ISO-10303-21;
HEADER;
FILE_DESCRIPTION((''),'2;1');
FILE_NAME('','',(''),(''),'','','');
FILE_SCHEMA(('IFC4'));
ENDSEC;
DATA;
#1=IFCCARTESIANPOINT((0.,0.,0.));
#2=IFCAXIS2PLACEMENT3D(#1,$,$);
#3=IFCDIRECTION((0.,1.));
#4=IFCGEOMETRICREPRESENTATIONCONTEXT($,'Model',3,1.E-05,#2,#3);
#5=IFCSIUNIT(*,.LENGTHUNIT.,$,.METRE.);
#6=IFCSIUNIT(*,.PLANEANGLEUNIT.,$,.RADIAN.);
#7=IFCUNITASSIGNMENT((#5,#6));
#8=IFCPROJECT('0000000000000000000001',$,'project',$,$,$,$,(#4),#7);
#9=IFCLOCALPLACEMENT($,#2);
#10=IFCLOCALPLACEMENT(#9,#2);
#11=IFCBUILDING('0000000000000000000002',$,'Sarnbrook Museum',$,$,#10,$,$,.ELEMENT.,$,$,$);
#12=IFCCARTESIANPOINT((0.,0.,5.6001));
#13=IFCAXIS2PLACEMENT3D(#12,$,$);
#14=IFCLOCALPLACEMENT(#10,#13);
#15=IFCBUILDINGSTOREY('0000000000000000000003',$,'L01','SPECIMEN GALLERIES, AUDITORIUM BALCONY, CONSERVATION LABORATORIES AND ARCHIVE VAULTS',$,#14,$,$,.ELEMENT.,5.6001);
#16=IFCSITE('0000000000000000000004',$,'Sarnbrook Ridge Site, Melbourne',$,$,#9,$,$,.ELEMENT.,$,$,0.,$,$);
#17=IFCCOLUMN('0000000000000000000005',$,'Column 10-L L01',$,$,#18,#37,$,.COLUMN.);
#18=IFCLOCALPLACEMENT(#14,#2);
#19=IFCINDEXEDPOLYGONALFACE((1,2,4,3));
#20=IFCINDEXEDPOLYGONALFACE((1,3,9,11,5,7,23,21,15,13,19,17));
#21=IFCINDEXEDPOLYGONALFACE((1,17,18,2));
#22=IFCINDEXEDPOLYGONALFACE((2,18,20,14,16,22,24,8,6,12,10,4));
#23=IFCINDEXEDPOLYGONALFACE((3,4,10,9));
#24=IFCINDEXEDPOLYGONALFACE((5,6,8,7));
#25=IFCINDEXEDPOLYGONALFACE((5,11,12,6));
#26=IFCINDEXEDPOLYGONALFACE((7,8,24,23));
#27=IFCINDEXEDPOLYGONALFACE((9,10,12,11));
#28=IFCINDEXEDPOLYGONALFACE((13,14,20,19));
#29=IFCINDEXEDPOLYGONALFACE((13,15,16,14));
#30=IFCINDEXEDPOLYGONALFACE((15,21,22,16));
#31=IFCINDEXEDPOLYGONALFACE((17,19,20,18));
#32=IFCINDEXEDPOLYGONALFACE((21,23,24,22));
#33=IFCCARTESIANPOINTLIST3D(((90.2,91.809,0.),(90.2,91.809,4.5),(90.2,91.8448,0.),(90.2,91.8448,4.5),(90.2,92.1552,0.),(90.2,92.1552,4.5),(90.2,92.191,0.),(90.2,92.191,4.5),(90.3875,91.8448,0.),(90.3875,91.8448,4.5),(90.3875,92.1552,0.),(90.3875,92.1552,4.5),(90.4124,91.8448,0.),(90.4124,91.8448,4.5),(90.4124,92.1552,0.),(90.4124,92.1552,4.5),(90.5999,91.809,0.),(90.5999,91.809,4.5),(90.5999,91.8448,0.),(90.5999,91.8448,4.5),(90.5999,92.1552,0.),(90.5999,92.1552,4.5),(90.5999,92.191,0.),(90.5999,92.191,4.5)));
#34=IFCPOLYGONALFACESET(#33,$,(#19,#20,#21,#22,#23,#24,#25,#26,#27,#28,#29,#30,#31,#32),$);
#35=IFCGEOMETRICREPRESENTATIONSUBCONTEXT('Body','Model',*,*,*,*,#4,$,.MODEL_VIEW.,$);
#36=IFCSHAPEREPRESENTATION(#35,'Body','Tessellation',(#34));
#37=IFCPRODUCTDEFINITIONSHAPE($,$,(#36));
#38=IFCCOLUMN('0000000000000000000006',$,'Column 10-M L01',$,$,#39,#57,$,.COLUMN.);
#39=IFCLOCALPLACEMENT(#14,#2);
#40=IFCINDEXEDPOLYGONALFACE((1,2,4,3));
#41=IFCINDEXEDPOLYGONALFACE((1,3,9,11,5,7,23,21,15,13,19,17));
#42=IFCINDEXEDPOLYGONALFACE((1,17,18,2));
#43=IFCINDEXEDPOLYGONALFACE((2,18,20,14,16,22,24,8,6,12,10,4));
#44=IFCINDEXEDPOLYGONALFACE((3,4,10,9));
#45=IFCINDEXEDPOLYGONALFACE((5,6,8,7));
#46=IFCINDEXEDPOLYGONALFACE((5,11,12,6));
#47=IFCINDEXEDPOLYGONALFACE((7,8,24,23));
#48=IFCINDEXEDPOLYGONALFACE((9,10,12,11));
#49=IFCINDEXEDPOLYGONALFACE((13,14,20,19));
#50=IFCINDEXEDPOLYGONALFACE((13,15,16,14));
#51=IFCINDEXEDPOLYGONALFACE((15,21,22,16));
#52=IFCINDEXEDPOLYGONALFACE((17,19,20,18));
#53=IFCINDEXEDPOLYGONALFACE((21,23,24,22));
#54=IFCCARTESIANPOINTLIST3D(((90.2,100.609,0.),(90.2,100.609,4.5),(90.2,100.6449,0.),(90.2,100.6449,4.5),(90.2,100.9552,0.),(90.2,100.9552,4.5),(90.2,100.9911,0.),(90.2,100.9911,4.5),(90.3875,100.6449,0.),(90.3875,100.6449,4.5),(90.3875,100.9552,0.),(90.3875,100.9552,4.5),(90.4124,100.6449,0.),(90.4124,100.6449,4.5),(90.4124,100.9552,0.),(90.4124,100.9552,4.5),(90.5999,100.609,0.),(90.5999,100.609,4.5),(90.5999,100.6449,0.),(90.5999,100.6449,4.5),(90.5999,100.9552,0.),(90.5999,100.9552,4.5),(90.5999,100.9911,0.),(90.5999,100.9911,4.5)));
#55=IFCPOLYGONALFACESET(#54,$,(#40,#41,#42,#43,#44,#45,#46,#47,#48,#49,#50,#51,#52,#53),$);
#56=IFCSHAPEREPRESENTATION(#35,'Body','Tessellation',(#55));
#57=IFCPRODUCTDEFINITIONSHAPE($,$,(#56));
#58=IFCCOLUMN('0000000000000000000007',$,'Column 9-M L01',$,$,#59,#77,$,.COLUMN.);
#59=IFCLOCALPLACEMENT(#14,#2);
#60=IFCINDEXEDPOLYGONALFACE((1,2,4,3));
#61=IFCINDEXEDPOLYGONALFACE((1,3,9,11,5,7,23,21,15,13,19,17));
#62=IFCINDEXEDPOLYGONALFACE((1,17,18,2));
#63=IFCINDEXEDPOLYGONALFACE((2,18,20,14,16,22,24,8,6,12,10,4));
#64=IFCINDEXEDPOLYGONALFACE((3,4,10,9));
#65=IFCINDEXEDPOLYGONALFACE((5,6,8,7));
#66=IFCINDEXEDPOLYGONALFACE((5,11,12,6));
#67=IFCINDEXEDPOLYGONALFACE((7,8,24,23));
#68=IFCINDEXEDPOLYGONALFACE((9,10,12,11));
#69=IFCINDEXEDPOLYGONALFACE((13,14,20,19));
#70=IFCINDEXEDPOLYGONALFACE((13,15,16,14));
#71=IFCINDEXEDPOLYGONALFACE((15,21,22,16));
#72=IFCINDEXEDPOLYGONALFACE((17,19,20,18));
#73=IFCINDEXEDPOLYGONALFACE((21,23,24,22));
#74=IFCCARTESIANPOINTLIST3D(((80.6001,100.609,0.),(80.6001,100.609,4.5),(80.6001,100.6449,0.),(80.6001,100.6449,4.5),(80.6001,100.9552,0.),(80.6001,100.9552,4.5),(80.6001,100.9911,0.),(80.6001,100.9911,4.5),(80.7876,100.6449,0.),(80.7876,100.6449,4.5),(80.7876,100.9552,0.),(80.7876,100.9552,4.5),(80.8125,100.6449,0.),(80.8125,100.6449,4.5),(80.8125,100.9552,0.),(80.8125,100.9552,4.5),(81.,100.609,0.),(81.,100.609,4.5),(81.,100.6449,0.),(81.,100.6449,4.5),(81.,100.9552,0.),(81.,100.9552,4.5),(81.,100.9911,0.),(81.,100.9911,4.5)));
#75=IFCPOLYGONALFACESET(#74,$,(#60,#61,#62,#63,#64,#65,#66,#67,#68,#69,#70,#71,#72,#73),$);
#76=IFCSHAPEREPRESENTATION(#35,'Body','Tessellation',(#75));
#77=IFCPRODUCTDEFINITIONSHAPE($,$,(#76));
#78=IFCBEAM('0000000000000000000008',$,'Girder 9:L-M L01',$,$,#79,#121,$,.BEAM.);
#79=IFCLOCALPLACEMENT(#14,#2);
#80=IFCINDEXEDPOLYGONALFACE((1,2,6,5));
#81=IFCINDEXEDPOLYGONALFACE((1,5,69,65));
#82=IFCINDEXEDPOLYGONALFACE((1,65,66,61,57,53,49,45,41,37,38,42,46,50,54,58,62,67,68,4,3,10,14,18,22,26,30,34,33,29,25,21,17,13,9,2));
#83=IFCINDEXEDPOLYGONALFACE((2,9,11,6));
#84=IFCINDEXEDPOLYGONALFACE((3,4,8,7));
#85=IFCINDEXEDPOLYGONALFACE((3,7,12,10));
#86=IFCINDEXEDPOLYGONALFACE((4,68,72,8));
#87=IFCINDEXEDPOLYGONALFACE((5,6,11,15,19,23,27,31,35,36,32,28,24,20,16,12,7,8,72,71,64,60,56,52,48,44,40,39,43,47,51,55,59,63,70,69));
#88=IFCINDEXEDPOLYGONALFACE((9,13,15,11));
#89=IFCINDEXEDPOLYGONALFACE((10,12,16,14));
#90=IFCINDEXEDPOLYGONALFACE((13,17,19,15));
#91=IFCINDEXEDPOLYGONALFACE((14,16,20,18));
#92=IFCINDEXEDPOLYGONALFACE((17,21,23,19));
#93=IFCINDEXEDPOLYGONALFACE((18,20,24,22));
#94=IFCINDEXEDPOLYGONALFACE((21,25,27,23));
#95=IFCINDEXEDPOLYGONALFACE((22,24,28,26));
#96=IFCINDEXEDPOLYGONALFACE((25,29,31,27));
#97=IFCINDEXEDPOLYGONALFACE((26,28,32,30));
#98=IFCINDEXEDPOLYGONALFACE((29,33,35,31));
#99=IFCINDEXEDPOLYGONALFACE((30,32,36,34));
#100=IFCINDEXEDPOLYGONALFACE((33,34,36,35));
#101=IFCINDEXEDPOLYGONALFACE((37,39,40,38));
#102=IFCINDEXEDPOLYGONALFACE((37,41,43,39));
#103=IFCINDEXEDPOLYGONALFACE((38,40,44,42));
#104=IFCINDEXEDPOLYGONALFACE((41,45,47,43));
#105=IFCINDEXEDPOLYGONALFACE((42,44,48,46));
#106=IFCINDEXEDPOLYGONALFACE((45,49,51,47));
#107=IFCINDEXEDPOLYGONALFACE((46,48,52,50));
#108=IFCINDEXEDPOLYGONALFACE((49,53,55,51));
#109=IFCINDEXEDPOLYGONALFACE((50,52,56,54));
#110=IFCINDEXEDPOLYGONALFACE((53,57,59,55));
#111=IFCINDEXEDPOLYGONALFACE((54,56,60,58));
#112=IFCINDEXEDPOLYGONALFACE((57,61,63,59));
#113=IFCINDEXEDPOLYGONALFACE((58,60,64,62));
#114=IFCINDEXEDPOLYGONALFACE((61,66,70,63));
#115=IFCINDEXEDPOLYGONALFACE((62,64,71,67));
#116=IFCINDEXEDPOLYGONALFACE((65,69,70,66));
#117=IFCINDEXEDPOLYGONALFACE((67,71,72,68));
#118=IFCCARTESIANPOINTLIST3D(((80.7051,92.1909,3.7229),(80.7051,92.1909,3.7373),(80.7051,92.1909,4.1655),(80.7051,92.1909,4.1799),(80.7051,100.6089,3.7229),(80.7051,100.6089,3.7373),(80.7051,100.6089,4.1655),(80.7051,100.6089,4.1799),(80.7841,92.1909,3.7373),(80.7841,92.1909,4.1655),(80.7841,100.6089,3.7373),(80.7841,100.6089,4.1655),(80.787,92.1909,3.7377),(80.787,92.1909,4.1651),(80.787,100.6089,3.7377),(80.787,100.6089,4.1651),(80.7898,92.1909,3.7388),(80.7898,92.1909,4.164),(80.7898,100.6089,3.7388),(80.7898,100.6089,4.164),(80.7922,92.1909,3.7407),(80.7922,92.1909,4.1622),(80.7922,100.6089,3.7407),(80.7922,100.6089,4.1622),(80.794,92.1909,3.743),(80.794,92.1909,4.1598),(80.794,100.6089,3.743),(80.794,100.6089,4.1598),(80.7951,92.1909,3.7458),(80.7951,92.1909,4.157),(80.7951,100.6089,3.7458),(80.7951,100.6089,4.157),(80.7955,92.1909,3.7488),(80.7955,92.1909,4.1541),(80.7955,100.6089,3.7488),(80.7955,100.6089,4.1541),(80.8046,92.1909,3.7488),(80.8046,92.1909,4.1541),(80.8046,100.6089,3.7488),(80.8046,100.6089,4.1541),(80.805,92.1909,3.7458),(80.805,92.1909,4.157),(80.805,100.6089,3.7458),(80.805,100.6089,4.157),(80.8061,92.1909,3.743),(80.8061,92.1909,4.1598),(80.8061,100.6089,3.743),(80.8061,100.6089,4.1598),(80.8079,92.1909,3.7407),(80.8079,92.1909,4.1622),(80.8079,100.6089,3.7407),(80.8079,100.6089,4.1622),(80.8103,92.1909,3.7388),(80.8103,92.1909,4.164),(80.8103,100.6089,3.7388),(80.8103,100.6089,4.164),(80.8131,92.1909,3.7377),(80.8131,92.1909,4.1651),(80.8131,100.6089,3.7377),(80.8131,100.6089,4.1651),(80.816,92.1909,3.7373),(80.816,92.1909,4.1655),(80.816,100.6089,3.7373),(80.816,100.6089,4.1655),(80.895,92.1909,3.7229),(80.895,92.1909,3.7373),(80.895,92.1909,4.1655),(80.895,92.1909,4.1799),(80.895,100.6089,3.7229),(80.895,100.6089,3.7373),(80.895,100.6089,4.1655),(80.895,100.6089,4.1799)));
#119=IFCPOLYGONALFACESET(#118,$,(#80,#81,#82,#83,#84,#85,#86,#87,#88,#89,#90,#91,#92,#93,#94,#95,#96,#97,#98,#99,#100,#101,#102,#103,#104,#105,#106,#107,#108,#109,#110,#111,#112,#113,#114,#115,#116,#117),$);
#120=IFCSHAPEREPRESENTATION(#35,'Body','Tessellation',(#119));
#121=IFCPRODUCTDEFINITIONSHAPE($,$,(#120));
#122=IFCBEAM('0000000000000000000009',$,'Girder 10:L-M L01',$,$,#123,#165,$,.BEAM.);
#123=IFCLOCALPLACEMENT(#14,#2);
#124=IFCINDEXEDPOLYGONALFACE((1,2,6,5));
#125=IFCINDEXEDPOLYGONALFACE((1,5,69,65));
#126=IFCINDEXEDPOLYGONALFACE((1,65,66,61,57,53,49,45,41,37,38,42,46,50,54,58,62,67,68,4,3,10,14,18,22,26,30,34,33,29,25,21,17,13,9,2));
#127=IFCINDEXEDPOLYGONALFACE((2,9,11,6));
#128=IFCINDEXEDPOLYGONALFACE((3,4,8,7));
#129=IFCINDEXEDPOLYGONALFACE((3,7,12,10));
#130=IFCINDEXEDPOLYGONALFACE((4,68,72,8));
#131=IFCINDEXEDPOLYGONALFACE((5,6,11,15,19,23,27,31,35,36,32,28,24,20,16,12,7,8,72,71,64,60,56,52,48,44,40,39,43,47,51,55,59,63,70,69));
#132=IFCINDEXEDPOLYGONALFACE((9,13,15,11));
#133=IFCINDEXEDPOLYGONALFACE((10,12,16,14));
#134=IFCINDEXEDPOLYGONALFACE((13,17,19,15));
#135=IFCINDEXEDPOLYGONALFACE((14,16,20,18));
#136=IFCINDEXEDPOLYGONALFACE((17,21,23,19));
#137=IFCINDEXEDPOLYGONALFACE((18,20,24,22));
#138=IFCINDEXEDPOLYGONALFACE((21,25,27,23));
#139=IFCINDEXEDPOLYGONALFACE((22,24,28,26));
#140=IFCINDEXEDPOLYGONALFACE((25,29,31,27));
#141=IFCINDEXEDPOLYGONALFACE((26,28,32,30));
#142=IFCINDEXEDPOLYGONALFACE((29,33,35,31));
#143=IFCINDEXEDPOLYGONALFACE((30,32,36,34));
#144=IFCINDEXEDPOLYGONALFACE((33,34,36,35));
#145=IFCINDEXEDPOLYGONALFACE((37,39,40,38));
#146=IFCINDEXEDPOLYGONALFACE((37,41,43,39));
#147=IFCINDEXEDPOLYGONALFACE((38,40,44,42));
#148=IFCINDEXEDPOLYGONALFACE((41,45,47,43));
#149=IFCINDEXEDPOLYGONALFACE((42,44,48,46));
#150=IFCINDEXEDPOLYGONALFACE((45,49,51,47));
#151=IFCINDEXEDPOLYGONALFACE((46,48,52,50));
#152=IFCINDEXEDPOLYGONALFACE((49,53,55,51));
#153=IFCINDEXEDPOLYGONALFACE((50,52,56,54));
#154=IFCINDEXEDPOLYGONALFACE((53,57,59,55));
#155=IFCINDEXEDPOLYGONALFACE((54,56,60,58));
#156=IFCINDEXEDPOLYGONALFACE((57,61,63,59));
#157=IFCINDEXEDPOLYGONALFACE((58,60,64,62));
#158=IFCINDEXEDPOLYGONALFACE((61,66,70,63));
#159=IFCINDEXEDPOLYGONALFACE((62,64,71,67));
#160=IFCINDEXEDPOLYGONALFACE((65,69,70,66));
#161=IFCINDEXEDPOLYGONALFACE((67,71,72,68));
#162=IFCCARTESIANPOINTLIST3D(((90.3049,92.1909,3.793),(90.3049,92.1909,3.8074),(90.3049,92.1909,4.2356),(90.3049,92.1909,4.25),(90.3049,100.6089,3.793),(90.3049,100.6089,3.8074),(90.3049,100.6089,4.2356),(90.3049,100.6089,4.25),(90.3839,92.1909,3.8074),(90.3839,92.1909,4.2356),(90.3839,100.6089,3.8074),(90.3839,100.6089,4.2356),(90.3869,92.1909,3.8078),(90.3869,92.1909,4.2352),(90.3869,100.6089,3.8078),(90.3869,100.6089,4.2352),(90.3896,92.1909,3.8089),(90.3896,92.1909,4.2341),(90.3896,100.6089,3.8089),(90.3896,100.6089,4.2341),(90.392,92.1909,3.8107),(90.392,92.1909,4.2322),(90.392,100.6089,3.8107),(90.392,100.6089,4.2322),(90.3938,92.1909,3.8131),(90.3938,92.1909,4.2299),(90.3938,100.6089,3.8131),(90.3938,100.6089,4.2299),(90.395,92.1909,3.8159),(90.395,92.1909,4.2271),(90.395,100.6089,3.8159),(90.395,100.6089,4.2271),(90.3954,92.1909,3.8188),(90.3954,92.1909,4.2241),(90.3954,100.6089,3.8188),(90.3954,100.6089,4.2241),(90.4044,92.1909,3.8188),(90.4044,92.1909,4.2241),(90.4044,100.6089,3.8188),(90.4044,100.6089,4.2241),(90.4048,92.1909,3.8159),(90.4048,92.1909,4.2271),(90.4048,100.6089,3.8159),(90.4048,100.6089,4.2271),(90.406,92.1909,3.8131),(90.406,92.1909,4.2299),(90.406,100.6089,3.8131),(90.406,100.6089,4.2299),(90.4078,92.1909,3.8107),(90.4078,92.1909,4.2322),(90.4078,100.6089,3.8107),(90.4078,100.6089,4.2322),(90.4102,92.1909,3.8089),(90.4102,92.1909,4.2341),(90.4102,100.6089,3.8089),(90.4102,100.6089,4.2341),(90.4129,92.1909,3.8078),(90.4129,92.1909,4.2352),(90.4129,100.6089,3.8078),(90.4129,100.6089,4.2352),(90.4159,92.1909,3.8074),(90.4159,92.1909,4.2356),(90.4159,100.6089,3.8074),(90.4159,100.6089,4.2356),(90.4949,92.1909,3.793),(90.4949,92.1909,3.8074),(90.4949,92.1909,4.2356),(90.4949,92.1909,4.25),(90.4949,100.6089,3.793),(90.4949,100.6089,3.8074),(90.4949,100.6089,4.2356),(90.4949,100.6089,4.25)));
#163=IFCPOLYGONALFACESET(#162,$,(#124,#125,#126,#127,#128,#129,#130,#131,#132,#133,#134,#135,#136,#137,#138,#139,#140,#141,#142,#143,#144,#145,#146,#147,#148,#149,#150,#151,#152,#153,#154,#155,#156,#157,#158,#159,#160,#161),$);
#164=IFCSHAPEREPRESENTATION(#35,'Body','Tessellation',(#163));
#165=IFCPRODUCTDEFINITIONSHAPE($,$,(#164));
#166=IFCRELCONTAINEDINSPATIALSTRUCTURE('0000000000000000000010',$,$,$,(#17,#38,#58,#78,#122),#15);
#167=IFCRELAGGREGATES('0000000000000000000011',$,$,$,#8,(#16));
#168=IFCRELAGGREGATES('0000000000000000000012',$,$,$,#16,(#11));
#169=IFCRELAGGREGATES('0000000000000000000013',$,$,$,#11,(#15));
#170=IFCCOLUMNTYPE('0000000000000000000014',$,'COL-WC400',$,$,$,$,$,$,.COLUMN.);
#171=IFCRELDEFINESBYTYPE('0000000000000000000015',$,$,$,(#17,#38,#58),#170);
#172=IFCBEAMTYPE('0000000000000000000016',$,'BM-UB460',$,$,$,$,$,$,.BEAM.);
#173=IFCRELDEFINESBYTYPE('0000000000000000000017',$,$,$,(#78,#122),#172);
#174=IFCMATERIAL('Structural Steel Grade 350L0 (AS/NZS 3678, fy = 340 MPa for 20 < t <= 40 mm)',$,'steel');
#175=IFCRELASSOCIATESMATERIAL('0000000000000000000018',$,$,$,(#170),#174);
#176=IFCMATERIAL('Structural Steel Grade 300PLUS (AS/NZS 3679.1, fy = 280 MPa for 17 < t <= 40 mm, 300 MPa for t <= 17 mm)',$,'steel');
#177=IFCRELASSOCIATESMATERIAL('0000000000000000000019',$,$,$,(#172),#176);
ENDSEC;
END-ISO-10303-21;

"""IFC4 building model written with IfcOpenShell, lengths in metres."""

from ifc_helpers import new_model, si_unit, direction, frame, origin, origin_2d, place, context, subcontext, project, spatial, i_section, extrude, material, material_profile, profile_set, type_object, element, save


model = new_model("IFC4")

# Units and contexts
model_context = context("Model", 3, precision=1e-05, world=origin(), true_north=direction((0.0, 1.0)))
body_context = subcontext(model_context, "Body", "Model", "MODEL_VIEW")
ifc_project = project(units=[si_unit("LENGTHUNIT", "METRE"), si_unit("PLANEANGLEUNIT", "RADIAN")], contexts=[model_context])

# Site, building, storey
site_placement = place(None, origin())
site = spatial("IfcSite", under=ifc_project, at=site_placement, Name="Sarnbrook Ridge Site, Melbourne", CompositionType="ELEMENT", RefElevation=0.0)
building_placement = place(site_placement, origin())
building = spatial("IfcBuilding", under=site, at=building_placement, Name="Sarnbrook Museum", CompositionType="ELEMENT")
storey_placement = place(building_placement, frame((0.0, 0.0, 5.6001)))
storey = spatial("IfcBuildingStorey", under=building, at=storey_placement, Name="L01", Description="SPECIMEN GALLERIES, AUDITORIUM BALCONY, CONSERVATION LABORATORIES AND ARCHIVE VAULTS", CompositionType="ELEMENT", Elevation=5.6001)

# Columns
ifc_material_1 = material(Name="Structural Steel Grade 350L0 (AS/NZS 3678, fy = 340 MPa for 20 < t <= 40 mm)", Category="steel")
ifc_material_profile_1 = material_profile(ifc_material_1, i_section(OverallWidth=0.3999, OverallDepth=0.3821, WebThickness=0.0249, FlangeThickness=0.0359, at=origin_2d()), Name="400WC270")
ifc_profile_set_1 = profile_set([ifc_material_profile_1], Name="Structural Steel Grade 350L0 (AS/NZS 3678, fy = 340 MPa for 20 < t <= 40 mm)")
column_type = type_object("IfcColumnType", Name="COL-WC400", PredefinedType="COLUMN", material=ifc_profile_set_1)
for number, where, z_axis, x_axis, name in (
    (1, (90.3999, 92.0, 0.0), (0.0, 0.0, 1.0), (1.0, 0.0, 0.0), "Column 10-L L01"),
    (2, (90.3999, 100.8, 0.0), (0.0, 0.0, 1.0), (1.0, 0.0, 0.0), "Column 10-M L01"),
    (3, (80.8, 100.8, 0.0), (0.0, 0.0, 1.0), (1.0, 0.0, 0.0), "Column 9-M L01"),
):
    element("IfcColumn", number, at=place(storey_placement, frame(where, z_axis=z_axis, x_axis=x_axis)), inside=storey, type_object=column_type, Name=name, PredefinedType="COLUMN", context=body_context, shape_type="SweptSolid", body=[
        extrude(i_section(OverallWidth=0.3999, OverallDepth=0.3821, WebThickness=0.0249, FlangeThickness=0.0359, at=origin_2d()), origin(), (0.0, 0.0, 1.0), 4.5),
    ])

# Beams
ifc_material_2 = material(Name="Structural Steel Grade 300PLUS (AS/NZS 3679.1, fy = 280 MPa for 17 < t <= 40 mm, 300 MPa for t <= 17 mm)", Category="steel")
ifc_material_profile_2 = material_profile(ifc_material_2, i_section(OverallWidth=0.1899, OverallDepth=0.457, WebThickness=0.009, FlangeThickness=0.0144, FilletRadius=0.0115, at=origin_2d()), Name="460UB74.6")
ifc_profile_set_2 = profile_set([ifc_material_profile_2], Name="Structural Steel Grade 300PLUS (AS/NZS 3679.1, fy = 280 MPa for 17 < t <= 40 mm, 300 MPa for t <= 17 mm)")
beam_type_1 = type_object("IfcBeamType", Name="BM-UB460", PredefinedType="BEAM", material=ifc_profile_set_2)
for number, where, z_axis, x_axis, name in (
    (4, (80.8, 92.1909, 3.9514), (0.0, 1.0, 0.0), (-1.0, 0.0, 0.0), "Girder 9:L-M L01"),
    (5, (90.3999, 92.1909, 4.0215), (0.0, 1.0, 0.0), (-1.0, 0.0, 0.0), "Girder 10:L-M L01"),
):
    element("IfcBeam", number, at=place(storey_placement, frame(where, z_axis=z_axis, x_axis=x_axis)), inside=storey, type_object=beam_type_1, Name=name, PredefinedType="BEAM", context=body_context, shape_type="SweptSolid", body=[
        extrude(i_section(OverallWidth=0.1899, OverallDepth=0.457, WebThickness=0.009, FlangeThickness=0.0144, FilletRadius=0.0115, at=origin_2d()), origin(), (0.0, 0.0, 1.0), 8.418),
    ])

save(model, "model.ifc")
